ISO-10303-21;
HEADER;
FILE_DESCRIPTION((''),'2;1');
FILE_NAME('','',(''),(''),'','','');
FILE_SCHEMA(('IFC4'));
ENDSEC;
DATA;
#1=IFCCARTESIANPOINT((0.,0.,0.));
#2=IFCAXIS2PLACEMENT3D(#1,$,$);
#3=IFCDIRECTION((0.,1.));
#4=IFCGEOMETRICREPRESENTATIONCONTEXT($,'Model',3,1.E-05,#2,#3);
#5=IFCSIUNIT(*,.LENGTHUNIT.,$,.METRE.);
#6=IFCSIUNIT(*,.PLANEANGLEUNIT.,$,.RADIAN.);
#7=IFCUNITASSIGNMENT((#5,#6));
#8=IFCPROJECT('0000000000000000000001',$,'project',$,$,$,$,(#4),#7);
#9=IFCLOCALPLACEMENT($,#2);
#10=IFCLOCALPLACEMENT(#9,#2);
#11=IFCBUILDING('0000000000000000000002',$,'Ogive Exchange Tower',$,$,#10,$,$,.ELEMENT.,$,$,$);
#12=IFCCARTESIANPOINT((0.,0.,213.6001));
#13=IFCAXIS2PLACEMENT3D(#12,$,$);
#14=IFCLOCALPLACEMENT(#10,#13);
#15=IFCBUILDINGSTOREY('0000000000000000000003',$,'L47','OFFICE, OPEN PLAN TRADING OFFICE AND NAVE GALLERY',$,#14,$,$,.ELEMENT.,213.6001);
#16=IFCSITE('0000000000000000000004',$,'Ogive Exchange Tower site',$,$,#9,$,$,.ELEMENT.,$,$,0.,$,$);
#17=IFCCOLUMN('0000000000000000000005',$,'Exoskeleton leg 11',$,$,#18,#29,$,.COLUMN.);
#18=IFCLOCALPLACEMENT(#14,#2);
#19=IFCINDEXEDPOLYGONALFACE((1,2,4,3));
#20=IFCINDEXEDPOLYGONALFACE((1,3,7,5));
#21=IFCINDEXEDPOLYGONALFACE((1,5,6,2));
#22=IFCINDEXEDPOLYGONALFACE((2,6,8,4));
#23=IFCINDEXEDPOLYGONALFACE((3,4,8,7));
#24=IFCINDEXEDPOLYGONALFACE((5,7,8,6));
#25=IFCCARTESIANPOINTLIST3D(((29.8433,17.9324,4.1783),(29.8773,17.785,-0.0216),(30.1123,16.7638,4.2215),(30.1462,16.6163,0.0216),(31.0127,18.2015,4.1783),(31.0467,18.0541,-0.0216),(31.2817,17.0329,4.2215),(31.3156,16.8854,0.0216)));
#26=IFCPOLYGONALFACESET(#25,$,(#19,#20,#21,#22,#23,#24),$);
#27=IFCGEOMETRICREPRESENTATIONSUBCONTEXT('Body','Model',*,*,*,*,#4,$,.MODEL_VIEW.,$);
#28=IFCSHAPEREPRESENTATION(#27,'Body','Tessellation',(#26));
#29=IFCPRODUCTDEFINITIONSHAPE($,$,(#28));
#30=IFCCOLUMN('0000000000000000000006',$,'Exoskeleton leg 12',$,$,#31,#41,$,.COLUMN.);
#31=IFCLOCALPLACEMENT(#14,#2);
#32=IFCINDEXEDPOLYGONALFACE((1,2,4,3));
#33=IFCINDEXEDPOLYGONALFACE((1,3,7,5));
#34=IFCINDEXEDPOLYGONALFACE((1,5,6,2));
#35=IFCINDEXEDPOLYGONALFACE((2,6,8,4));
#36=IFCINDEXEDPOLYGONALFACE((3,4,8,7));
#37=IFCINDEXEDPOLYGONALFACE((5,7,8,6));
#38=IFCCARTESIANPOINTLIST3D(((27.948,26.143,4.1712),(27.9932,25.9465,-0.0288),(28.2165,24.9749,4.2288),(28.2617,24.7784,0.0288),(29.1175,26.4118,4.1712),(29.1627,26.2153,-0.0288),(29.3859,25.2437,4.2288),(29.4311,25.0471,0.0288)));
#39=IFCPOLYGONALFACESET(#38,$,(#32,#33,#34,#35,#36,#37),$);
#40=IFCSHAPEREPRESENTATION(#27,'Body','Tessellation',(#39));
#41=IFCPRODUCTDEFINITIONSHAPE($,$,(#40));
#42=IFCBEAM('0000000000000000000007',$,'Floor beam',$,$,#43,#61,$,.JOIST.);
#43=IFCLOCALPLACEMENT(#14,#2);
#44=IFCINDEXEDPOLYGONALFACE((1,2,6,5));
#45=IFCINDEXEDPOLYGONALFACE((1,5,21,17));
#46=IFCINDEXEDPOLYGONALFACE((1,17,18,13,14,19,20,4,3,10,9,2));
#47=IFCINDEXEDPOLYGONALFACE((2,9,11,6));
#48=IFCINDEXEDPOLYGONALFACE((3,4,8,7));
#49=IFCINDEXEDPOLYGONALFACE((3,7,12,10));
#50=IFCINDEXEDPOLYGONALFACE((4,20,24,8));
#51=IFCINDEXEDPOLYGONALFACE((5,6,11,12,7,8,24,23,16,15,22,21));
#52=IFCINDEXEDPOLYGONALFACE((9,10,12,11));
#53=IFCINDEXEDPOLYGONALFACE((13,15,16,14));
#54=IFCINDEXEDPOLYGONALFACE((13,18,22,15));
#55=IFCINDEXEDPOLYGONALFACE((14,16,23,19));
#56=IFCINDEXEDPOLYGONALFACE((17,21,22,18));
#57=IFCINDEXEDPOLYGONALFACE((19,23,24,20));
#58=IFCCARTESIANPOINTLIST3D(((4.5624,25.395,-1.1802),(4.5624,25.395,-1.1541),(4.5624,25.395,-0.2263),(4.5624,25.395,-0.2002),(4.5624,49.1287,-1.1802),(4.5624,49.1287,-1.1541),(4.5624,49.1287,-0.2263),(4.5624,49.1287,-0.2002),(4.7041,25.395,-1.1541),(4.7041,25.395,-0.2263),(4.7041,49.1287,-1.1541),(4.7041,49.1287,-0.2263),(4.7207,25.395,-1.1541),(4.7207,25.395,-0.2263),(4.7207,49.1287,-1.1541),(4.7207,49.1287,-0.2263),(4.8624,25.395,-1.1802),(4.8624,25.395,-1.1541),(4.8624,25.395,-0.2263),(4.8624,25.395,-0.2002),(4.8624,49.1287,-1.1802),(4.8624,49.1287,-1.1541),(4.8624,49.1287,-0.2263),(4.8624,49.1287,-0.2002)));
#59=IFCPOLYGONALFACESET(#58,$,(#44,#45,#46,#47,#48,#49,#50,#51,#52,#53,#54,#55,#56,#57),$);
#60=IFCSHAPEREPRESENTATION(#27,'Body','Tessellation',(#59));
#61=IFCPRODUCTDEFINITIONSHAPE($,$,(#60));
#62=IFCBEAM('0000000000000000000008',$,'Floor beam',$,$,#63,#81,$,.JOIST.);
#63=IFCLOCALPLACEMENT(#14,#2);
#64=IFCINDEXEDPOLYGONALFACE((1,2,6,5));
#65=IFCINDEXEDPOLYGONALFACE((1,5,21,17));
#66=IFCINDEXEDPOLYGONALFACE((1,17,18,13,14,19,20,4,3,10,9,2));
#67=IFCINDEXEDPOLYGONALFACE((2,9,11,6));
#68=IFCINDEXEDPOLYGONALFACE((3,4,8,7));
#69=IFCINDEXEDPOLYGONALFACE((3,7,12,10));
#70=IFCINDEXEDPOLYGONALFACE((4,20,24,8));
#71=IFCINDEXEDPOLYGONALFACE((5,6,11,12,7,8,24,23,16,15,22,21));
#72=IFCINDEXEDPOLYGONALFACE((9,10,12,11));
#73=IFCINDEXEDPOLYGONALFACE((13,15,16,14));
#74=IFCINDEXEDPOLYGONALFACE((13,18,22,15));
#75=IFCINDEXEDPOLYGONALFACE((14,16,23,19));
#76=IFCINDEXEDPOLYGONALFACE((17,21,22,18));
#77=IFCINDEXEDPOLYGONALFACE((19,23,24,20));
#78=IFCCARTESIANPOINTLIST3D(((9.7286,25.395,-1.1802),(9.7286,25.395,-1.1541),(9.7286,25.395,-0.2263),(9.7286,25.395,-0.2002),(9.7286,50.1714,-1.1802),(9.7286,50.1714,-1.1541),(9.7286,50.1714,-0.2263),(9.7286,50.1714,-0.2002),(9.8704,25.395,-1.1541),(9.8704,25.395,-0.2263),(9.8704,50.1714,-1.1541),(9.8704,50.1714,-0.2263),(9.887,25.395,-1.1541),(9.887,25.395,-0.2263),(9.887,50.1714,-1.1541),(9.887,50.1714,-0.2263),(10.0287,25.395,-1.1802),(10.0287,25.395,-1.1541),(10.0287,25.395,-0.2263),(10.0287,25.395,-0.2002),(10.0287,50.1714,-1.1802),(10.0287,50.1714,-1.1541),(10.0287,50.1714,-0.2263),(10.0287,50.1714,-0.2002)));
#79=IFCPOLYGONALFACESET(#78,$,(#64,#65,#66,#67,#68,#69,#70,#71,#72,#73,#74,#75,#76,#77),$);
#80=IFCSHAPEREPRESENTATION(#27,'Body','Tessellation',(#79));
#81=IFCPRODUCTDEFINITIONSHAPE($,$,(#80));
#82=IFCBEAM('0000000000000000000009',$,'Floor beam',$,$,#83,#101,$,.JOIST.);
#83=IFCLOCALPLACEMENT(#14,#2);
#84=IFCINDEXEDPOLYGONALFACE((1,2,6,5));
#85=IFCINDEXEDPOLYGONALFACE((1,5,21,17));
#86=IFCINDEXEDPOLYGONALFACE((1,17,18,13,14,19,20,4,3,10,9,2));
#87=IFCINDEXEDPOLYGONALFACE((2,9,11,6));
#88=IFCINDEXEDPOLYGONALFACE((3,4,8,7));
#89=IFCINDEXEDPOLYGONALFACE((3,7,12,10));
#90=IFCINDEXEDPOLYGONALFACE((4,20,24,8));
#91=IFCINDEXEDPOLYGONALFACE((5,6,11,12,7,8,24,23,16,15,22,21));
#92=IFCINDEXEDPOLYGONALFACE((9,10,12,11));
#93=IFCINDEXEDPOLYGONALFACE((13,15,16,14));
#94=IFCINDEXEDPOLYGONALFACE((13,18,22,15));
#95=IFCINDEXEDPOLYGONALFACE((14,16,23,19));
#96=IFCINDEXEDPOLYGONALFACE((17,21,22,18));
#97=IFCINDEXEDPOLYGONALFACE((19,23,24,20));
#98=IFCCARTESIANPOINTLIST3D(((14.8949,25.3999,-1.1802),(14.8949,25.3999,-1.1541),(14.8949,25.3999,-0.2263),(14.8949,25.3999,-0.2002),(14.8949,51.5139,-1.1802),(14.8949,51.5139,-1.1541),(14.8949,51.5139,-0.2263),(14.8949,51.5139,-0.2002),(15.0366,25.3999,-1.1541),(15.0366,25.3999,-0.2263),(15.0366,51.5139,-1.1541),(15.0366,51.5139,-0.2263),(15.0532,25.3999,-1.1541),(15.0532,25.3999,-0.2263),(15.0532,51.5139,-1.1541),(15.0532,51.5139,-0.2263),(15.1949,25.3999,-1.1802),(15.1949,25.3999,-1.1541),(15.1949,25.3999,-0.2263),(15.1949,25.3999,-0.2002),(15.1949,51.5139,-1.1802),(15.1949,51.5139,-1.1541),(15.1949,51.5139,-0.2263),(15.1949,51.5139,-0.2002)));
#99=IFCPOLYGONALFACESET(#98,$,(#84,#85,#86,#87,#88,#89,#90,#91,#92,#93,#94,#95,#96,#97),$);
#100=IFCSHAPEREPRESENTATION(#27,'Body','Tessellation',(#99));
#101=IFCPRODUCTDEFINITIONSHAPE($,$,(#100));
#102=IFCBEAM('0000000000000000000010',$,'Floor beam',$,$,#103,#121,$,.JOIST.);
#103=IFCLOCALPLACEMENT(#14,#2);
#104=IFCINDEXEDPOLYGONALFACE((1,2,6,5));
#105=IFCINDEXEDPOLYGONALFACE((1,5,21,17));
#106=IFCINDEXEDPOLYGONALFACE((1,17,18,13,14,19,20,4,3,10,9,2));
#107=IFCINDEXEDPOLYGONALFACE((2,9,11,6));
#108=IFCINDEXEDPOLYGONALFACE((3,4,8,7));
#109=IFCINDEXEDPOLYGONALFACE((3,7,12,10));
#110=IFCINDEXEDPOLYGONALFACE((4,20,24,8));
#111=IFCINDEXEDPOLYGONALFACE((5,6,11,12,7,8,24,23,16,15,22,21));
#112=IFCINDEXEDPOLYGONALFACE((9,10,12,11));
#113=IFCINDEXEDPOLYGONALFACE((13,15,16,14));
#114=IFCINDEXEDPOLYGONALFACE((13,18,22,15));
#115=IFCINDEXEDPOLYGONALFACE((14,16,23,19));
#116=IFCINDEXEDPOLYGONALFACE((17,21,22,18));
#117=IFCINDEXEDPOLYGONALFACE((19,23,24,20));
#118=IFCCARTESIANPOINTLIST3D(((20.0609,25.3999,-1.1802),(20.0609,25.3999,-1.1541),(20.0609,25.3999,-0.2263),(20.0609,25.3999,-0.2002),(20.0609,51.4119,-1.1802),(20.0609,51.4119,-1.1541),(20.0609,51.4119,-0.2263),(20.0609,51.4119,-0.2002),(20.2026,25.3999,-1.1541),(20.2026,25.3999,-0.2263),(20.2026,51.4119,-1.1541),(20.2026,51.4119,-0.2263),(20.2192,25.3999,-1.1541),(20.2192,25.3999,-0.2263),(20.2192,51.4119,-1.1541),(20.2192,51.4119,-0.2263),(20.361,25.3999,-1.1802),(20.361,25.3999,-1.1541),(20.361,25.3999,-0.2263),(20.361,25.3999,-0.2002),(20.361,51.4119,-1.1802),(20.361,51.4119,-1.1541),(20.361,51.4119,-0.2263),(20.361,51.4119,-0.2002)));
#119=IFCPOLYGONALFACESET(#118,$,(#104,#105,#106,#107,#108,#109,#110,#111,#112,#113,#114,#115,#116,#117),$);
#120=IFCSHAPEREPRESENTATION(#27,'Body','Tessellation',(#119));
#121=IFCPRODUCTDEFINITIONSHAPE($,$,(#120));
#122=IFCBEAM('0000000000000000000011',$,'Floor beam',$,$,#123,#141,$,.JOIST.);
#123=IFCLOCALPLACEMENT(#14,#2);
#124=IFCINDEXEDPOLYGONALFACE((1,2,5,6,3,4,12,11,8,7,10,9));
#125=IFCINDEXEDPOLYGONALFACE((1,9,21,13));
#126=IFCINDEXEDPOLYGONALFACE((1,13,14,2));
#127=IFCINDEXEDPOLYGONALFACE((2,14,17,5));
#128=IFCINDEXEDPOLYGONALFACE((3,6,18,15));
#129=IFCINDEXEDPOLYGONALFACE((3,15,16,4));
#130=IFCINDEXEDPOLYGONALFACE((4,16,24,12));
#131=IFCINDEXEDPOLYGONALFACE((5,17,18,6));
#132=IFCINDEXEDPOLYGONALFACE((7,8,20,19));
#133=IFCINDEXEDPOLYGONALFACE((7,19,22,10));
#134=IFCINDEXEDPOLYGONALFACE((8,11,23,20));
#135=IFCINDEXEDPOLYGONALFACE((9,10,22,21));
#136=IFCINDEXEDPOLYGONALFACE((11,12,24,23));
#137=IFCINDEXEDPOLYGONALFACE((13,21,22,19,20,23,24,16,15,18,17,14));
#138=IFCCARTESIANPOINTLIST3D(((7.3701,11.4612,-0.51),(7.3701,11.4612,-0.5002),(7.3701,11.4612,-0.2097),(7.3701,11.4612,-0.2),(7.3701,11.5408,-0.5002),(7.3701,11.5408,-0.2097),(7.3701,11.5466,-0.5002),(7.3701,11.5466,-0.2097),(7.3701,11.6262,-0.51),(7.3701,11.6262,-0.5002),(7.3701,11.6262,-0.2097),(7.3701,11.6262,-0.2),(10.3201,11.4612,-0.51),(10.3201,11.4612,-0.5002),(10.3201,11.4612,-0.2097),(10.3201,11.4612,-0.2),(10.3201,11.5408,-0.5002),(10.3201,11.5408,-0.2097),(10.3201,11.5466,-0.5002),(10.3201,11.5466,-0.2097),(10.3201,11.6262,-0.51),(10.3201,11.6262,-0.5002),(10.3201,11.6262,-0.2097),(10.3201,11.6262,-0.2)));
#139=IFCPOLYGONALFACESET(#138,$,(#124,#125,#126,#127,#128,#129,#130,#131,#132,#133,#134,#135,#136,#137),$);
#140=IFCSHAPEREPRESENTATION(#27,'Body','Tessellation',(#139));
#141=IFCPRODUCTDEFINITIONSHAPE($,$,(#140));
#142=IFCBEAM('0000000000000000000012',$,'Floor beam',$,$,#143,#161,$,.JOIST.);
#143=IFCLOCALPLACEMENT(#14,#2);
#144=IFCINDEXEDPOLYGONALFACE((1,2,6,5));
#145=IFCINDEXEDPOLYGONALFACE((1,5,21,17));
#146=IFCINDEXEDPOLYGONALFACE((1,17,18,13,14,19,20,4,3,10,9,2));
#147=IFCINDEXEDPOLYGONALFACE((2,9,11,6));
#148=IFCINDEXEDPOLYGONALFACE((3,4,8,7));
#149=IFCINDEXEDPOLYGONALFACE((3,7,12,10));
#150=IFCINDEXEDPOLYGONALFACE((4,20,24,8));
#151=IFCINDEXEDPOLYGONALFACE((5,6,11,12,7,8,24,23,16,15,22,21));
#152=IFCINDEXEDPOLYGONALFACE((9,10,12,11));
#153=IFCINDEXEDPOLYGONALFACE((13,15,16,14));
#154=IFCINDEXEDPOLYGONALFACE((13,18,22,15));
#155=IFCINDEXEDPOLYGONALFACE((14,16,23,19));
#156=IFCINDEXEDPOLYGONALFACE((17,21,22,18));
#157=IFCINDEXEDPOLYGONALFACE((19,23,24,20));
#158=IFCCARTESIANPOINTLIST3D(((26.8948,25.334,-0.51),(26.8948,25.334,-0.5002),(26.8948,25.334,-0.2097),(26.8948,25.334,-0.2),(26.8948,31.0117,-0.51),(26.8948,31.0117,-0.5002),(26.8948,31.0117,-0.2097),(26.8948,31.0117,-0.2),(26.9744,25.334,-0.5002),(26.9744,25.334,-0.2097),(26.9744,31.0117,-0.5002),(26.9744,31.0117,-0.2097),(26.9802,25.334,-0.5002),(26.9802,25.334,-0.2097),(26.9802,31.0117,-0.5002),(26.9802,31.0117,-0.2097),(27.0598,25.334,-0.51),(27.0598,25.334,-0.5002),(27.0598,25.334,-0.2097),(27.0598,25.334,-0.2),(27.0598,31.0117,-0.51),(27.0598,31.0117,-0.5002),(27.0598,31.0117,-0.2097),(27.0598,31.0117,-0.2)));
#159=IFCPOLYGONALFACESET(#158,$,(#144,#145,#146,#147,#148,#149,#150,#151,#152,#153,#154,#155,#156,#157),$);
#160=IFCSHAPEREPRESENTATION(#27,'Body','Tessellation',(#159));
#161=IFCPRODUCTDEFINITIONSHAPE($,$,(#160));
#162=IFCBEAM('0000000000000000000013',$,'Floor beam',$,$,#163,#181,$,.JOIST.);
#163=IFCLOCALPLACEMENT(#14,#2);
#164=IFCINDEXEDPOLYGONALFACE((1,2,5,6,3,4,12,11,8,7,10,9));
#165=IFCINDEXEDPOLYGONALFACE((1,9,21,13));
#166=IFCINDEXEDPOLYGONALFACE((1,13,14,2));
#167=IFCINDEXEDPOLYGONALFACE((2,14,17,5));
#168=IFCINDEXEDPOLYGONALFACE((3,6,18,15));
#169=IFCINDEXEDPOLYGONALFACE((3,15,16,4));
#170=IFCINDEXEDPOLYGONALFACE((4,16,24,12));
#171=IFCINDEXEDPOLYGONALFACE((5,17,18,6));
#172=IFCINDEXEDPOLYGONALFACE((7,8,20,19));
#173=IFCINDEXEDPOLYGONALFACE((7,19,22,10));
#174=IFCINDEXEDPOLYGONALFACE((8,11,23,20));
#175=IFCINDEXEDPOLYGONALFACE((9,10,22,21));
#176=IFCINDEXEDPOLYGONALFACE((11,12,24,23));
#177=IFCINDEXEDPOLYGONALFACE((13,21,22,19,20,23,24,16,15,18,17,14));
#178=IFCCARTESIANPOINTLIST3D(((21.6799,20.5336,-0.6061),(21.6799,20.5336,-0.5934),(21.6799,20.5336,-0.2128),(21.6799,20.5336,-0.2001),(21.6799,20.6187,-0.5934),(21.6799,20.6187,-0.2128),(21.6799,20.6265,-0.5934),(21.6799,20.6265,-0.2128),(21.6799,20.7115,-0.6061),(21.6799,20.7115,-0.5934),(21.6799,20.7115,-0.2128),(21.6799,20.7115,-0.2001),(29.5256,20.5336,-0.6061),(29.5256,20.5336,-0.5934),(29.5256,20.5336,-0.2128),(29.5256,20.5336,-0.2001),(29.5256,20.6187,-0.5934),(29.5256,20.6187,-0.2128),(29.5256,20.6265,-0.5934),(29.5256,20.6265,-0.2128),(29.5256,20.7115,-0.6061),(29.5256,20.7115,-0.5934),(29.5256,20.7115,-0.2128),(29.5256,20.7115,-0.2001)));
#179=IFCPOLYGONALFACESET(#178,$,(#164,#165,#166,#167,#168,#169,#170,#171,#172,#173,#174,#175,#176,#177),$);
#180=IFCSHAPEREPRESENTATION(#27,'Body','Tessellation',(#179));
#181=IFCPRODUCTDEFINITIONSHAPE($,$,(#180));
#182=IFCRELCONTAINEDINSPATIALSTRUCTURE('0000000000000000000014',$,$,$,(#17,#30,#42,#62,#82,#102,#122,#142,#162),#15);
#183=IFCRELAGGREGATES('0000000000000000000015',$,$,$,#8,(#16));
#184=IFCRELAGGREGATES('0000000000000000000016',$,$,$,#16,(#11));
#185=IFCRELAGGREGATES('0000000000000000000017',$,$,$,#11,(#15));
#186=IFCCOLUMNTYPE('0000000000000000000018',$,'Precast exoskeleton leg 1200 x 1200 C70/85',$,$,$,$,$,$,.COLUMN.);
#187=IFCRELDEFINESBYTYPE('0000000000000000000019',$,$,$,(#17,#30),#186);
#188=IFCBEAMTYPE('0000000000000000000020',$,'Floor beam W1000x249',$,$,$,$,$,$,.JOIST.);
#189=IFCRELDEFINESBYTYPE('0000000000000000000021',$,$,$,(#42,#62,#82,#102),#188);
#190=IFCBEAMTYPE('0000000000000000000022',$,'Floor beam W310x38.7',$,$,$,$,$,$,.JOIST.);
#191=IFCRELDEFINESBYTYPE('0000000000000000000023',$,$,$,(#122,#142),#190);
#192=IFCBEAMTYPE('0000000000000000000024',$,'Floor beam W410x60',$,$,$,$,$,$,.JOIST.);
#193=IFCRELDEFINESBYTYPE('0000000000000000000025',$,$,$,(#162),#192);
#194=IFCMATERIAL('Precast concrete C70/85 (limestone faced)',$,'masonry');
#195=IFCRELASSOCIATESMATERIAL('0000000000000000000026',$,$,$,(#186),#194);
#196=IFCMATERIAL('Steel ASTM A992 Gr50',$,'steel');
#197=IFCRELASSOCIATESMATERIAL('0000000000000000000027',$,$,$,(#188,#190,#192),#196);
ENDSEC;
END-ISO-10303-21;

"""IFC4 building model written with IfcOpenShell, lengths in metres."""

from ifc_helpers import new_model, si_unit, direction, frame, origin, origin_2d, place, context, subcontext, project, spatial, rectangle, i_section, extrude, material, material_profile, profile_set, type_object, element, save


model = new_model("IFC4")

# Units and contexts
model_context = context("Model", 3, precision=1e-05, world=origin(), true_north=direction((0.0, 1.0)))
body_context = subcontext(model_context, "Body", "Model", "MODEL_VIEW")
ifc_project = project(units=[si_unit("LENGTHUNIT", "METRE"), si_unit("PLANEANGLEUNIT", "RADIAN")], contexts=[model_context])

# Site, building, storey
site_placement = place(None, origin())
site = spatial("IfcSite", under=ifc_project, at=site_placement, Name="Ogive Exchange Tower site", CompositionType="ELEMENT", RefElevation=0.0)
building_placement = place(site_placement, origin())
building = spatial("IfcBuilding", under=site, at=building_placement, Name="Ogive Exchange Tower", CompositionType="ELEMENT")
storey_placement = place(building_placement, frame((0.0, 0.0, 213.6001)))
storey = spatial("IfcBuildingStorey", under=building, at=storey_placement, Name="L47", Description="OFFICE, OPEN PLAN TRADING OFFICE AND NAVE GALLERY", CompositionType="ELEMENT", Elevation=213.6001)

# Columns
ifc_material_1 = material(Name="Precast concrete C70/85 (limestone faced)", Category="masonry")
ifc_material_profile_1 = material_profile(ifc_material_1, rectangle(XDim=1.2, YDim=1.2, at=origin_2d()), Name="1200 x 1200")
ifc_profile_set_1 = profile_set([ifc_material_profile_1], Name="Precast concrete C70/85 (limestone faced)")
column_type = type_object("IfcColumnType", Name="Precast exoskeleton leg 1200 x 1200 C70/85", PredefinedType="COLUMN", material=ifc_profile_set_1)
column_1_placement = place(storey_placement, frame((30.5964, 17.3352, 0.0), z_axis=(-0.008075, 0.035087, 0.999352), x_axis=(-0.974527, -0.22427, 0.0)))
element("IfcColumn", 1, at=column_1_placement, inside=storey, type_object=column_type, Name="Exoskeleton leg 11", PredefinedType="COLUMN", context=body_context, shape_type="SweptSolid", body=[
    extrude(rectangle(XDim=1.2, YDim=1.2, at=origin_2d()), origin(), (0.0, 0.0, 1.0), 4.2026),
])
column_2_placement = place(storey_placement, frame((28.7122, 25.4968, 0.0), z_axis=(-0.010742, 0.04674, 0.998849), x_axis=(-0.974595, -0.223975, 0.0)))
element("IfcColumn", 2, at=column_2_placement, inside=storey, type_object=column_type, Name="Exoskeleton leg 12", PredefinedType="COLUMN", context=body_context, shape_type="SweptSolid", body=[
    extrude(rectangle(XDim=1.2, YDim=1.2, at=origin_2d()), origin(), (0.0, 0.0, 1.0), 4.2048),
])

# Beams
ifc_material_2 = material(Name="Steel ASTM A992 Gr50", Category="steel")
ifc_material_profile_2 = material_profile(ifc_material_2, i_section(OverallWidth=0.3, OverallDepth=0.98, WebThickness=0.0166, FlangeThickness=0.0261, at=origin_2d()), Name="W1000x249")
ifc_profile_set_2 = profile_set([ifc_material_profile_2], Name="Steel ASTM A992 Gr50")
beam_type_1 = type_object("IfcBeamType", Name="Floor beam W1000x249", PredefinedType="JOIST", material=ifc_profile_set_2)
beam_1_placement = place(storey_placement, frame((4.7124, 25.395, -0.6902), z_axis=(0.0, 1.0, 0.0), x_axis=(-1.0, 0.0, 0.0)))
element("IfcBeam", 3, at=beam_1_placement, inside=storey, type_object=beam_type_1, Name="Floor beam", PredefinedType="JOIST", context=body_context, shape_type="SweptSolid", body=[
    extrude(i_section(OverallWidth=0.3, OverallDepth=0.98, WebThickness=0.0166, FlangeThickness=0.0261, at=origin_2d()), origin(), (0.0, 0.0, 1.0), 23.7336),
])
beam_2_placement = place(storey_placement, frame((9.8787, 25.395, -0.6902), z_axis=(0.0, 1.0, 0.0), x_axis=(-1.0, 0.0, 0.0)))
element("IfcBeam", 4, at=beam_2_placement, inside=storey, type_object=beam_type_1, Name="Floor beam", PredefinedType="JOIST", context=body_context, shape_type="SweptSolid", body=[
    extrude(i_section(OverallWidth=0.3, OverallDepth=0.98, WebThickness=0.0166, FlangeThickness=0.0261, at=origin_2d()), origin(), (0.0, 0.0, 1.0), 24.7764),
])
beam_3_placement = place(storey_placement, frame((15.0449, 25.3999, -0.6902), z_axis=(0.0, 1.0, 0.0), x_axis=(-1.0, 0.0, 0.0)))
element("IfcBeam", 5, at=beam_3_placement, inside=storey, type_object=beam_type_1, Name="Floor beam", PredefinedType="JOIST", context=body_context, shape_type="SweptSolid", body=[
    extrude(i_section(OverallWidth=0.3, OverallDepth=0.98, WebThickness=0.0166, FlangeThickness=0.0261, at=origin_2d()), origin(), (0.0, 0.0, 1.0), 26.114),
])
beam_4_placement = place(storey_placement, frame((20.2109, 25.3999, -0.6902), z_axis=(0.0, 1.0, 0.0), x_axis=(-1.0, 0.0, 0.0)))
element("IfcBeam", 6, at=beam_4_placement, inside=storey, type_object=beam_type_1, Name="Floor beam", PredefinedType="JOIST", context=body_context, shape_type="SweptSolid", body=[
    extrude(i_section(OverallWidth=0.3, OverallDepth=0.98, WebThickness=0.0166, FlangeThickness=0.0261, at=origin_2d()), origin(), (0.0, 0.0, 1.0), 26.012),
])
ifc_material_profile_3 = material_profile(ifc_material_2, i_section(OverallWidth=0.165, OverallDepth=0.3101, WebThickness=0.0059, FlangeThickness=0.0098, at=origin_2d()), Name="W310x38.7")
ifc_profile_set_3 = profile_set([ifc_material_profile_3], Name="Steel ASTM A992 Gr50")
beam_type_2 = type_object("IfcBeamType", Name="Floor beam W310x38.7", PredefinedType="JOIST", material=ifc_profile_set_3)
beam_5_placement = place(storey_placement, frame((7.3701, 11.5437, -0.355), z_axis=(1.0, 0.0, 0.0), x_axis=(0.0, 1.0, 0.0)))
element("IfcBeam", 7, at=beam_5_placement, inside=storey, type_object=beam_type_2, Name="Floor beam", PredefinedType="JOIST", context=body_context, shape_type="SweptSolid", body=[
    extrude(i_section(OverallWidth=0.165, OverallDepth=0.3101, WebThickness=0.0059, FlangeThickness=0.0098, at=origin_2d()), origin(), (0.0, 0.0, 1.0), 2.95),
])
beam_6_placement = place(storey_placement, frame((26.9773, 25.334, -0.355), z_axis=(0.0, 1.0, 0.0), x_axis=(-1.0, 0.0, 0.0)))
element("IfcBeam", 8, at=beam_6_placement, inside=storey, type_object=beam_type_2, Name="Floor beam", PredefinedType="JOIST", context=body_context, shape_type="SweptSolid", body=[
    extrude(i_section(OverallWidth=0.165, OverallDepth=0.3101, WebThickness=0.0059, FlangeThickness=0.0098, at=origin_2d()), origin(), (0.0, 0.0, 1.0), 5.6777),
])
ifc_material_profile_4 = material_profile(ifc_material_2, i_section(OverallWidth=0.178, OverallDepth=0.406, WebThickness=0.0078, FlangeThickness=0.0127, at=origin_2d()), Name="W410x60")
ifc_profile_set_4 = profile_set([ifc_material_profile_4], Name="Steel ASTM A992 Gr50")
beam_type_3 = type_object("IfcBeamType", Name="Floor beam W410x60", PredefinedType="JOIST", material=ifc_profile_set_4)
beam_7_placement = place(storey_placement, frame((21.6799, 20.6226, -0.4031), z_axis=(1.0, 0.0, 0.0), x_axis=(0.0, 1.0, 0.0)))
element("IfcBeam", 9, at=beam_7_placement, inside=storey, type_object=beam_type_3, Name="Floor beam", PredefinedType="JOIST", context=body_context, shape_type="SweptSolid", body=[
    extrude(i_section(OverallWidth=0.178, OverallDepth=0.406, WebThickness=0.0078, FlangeThickness=0.0127, at=origin_2d()), origin(), (0.0, 0.0, 1.0), 7.8457),
])

save(model, "model.ifc")
